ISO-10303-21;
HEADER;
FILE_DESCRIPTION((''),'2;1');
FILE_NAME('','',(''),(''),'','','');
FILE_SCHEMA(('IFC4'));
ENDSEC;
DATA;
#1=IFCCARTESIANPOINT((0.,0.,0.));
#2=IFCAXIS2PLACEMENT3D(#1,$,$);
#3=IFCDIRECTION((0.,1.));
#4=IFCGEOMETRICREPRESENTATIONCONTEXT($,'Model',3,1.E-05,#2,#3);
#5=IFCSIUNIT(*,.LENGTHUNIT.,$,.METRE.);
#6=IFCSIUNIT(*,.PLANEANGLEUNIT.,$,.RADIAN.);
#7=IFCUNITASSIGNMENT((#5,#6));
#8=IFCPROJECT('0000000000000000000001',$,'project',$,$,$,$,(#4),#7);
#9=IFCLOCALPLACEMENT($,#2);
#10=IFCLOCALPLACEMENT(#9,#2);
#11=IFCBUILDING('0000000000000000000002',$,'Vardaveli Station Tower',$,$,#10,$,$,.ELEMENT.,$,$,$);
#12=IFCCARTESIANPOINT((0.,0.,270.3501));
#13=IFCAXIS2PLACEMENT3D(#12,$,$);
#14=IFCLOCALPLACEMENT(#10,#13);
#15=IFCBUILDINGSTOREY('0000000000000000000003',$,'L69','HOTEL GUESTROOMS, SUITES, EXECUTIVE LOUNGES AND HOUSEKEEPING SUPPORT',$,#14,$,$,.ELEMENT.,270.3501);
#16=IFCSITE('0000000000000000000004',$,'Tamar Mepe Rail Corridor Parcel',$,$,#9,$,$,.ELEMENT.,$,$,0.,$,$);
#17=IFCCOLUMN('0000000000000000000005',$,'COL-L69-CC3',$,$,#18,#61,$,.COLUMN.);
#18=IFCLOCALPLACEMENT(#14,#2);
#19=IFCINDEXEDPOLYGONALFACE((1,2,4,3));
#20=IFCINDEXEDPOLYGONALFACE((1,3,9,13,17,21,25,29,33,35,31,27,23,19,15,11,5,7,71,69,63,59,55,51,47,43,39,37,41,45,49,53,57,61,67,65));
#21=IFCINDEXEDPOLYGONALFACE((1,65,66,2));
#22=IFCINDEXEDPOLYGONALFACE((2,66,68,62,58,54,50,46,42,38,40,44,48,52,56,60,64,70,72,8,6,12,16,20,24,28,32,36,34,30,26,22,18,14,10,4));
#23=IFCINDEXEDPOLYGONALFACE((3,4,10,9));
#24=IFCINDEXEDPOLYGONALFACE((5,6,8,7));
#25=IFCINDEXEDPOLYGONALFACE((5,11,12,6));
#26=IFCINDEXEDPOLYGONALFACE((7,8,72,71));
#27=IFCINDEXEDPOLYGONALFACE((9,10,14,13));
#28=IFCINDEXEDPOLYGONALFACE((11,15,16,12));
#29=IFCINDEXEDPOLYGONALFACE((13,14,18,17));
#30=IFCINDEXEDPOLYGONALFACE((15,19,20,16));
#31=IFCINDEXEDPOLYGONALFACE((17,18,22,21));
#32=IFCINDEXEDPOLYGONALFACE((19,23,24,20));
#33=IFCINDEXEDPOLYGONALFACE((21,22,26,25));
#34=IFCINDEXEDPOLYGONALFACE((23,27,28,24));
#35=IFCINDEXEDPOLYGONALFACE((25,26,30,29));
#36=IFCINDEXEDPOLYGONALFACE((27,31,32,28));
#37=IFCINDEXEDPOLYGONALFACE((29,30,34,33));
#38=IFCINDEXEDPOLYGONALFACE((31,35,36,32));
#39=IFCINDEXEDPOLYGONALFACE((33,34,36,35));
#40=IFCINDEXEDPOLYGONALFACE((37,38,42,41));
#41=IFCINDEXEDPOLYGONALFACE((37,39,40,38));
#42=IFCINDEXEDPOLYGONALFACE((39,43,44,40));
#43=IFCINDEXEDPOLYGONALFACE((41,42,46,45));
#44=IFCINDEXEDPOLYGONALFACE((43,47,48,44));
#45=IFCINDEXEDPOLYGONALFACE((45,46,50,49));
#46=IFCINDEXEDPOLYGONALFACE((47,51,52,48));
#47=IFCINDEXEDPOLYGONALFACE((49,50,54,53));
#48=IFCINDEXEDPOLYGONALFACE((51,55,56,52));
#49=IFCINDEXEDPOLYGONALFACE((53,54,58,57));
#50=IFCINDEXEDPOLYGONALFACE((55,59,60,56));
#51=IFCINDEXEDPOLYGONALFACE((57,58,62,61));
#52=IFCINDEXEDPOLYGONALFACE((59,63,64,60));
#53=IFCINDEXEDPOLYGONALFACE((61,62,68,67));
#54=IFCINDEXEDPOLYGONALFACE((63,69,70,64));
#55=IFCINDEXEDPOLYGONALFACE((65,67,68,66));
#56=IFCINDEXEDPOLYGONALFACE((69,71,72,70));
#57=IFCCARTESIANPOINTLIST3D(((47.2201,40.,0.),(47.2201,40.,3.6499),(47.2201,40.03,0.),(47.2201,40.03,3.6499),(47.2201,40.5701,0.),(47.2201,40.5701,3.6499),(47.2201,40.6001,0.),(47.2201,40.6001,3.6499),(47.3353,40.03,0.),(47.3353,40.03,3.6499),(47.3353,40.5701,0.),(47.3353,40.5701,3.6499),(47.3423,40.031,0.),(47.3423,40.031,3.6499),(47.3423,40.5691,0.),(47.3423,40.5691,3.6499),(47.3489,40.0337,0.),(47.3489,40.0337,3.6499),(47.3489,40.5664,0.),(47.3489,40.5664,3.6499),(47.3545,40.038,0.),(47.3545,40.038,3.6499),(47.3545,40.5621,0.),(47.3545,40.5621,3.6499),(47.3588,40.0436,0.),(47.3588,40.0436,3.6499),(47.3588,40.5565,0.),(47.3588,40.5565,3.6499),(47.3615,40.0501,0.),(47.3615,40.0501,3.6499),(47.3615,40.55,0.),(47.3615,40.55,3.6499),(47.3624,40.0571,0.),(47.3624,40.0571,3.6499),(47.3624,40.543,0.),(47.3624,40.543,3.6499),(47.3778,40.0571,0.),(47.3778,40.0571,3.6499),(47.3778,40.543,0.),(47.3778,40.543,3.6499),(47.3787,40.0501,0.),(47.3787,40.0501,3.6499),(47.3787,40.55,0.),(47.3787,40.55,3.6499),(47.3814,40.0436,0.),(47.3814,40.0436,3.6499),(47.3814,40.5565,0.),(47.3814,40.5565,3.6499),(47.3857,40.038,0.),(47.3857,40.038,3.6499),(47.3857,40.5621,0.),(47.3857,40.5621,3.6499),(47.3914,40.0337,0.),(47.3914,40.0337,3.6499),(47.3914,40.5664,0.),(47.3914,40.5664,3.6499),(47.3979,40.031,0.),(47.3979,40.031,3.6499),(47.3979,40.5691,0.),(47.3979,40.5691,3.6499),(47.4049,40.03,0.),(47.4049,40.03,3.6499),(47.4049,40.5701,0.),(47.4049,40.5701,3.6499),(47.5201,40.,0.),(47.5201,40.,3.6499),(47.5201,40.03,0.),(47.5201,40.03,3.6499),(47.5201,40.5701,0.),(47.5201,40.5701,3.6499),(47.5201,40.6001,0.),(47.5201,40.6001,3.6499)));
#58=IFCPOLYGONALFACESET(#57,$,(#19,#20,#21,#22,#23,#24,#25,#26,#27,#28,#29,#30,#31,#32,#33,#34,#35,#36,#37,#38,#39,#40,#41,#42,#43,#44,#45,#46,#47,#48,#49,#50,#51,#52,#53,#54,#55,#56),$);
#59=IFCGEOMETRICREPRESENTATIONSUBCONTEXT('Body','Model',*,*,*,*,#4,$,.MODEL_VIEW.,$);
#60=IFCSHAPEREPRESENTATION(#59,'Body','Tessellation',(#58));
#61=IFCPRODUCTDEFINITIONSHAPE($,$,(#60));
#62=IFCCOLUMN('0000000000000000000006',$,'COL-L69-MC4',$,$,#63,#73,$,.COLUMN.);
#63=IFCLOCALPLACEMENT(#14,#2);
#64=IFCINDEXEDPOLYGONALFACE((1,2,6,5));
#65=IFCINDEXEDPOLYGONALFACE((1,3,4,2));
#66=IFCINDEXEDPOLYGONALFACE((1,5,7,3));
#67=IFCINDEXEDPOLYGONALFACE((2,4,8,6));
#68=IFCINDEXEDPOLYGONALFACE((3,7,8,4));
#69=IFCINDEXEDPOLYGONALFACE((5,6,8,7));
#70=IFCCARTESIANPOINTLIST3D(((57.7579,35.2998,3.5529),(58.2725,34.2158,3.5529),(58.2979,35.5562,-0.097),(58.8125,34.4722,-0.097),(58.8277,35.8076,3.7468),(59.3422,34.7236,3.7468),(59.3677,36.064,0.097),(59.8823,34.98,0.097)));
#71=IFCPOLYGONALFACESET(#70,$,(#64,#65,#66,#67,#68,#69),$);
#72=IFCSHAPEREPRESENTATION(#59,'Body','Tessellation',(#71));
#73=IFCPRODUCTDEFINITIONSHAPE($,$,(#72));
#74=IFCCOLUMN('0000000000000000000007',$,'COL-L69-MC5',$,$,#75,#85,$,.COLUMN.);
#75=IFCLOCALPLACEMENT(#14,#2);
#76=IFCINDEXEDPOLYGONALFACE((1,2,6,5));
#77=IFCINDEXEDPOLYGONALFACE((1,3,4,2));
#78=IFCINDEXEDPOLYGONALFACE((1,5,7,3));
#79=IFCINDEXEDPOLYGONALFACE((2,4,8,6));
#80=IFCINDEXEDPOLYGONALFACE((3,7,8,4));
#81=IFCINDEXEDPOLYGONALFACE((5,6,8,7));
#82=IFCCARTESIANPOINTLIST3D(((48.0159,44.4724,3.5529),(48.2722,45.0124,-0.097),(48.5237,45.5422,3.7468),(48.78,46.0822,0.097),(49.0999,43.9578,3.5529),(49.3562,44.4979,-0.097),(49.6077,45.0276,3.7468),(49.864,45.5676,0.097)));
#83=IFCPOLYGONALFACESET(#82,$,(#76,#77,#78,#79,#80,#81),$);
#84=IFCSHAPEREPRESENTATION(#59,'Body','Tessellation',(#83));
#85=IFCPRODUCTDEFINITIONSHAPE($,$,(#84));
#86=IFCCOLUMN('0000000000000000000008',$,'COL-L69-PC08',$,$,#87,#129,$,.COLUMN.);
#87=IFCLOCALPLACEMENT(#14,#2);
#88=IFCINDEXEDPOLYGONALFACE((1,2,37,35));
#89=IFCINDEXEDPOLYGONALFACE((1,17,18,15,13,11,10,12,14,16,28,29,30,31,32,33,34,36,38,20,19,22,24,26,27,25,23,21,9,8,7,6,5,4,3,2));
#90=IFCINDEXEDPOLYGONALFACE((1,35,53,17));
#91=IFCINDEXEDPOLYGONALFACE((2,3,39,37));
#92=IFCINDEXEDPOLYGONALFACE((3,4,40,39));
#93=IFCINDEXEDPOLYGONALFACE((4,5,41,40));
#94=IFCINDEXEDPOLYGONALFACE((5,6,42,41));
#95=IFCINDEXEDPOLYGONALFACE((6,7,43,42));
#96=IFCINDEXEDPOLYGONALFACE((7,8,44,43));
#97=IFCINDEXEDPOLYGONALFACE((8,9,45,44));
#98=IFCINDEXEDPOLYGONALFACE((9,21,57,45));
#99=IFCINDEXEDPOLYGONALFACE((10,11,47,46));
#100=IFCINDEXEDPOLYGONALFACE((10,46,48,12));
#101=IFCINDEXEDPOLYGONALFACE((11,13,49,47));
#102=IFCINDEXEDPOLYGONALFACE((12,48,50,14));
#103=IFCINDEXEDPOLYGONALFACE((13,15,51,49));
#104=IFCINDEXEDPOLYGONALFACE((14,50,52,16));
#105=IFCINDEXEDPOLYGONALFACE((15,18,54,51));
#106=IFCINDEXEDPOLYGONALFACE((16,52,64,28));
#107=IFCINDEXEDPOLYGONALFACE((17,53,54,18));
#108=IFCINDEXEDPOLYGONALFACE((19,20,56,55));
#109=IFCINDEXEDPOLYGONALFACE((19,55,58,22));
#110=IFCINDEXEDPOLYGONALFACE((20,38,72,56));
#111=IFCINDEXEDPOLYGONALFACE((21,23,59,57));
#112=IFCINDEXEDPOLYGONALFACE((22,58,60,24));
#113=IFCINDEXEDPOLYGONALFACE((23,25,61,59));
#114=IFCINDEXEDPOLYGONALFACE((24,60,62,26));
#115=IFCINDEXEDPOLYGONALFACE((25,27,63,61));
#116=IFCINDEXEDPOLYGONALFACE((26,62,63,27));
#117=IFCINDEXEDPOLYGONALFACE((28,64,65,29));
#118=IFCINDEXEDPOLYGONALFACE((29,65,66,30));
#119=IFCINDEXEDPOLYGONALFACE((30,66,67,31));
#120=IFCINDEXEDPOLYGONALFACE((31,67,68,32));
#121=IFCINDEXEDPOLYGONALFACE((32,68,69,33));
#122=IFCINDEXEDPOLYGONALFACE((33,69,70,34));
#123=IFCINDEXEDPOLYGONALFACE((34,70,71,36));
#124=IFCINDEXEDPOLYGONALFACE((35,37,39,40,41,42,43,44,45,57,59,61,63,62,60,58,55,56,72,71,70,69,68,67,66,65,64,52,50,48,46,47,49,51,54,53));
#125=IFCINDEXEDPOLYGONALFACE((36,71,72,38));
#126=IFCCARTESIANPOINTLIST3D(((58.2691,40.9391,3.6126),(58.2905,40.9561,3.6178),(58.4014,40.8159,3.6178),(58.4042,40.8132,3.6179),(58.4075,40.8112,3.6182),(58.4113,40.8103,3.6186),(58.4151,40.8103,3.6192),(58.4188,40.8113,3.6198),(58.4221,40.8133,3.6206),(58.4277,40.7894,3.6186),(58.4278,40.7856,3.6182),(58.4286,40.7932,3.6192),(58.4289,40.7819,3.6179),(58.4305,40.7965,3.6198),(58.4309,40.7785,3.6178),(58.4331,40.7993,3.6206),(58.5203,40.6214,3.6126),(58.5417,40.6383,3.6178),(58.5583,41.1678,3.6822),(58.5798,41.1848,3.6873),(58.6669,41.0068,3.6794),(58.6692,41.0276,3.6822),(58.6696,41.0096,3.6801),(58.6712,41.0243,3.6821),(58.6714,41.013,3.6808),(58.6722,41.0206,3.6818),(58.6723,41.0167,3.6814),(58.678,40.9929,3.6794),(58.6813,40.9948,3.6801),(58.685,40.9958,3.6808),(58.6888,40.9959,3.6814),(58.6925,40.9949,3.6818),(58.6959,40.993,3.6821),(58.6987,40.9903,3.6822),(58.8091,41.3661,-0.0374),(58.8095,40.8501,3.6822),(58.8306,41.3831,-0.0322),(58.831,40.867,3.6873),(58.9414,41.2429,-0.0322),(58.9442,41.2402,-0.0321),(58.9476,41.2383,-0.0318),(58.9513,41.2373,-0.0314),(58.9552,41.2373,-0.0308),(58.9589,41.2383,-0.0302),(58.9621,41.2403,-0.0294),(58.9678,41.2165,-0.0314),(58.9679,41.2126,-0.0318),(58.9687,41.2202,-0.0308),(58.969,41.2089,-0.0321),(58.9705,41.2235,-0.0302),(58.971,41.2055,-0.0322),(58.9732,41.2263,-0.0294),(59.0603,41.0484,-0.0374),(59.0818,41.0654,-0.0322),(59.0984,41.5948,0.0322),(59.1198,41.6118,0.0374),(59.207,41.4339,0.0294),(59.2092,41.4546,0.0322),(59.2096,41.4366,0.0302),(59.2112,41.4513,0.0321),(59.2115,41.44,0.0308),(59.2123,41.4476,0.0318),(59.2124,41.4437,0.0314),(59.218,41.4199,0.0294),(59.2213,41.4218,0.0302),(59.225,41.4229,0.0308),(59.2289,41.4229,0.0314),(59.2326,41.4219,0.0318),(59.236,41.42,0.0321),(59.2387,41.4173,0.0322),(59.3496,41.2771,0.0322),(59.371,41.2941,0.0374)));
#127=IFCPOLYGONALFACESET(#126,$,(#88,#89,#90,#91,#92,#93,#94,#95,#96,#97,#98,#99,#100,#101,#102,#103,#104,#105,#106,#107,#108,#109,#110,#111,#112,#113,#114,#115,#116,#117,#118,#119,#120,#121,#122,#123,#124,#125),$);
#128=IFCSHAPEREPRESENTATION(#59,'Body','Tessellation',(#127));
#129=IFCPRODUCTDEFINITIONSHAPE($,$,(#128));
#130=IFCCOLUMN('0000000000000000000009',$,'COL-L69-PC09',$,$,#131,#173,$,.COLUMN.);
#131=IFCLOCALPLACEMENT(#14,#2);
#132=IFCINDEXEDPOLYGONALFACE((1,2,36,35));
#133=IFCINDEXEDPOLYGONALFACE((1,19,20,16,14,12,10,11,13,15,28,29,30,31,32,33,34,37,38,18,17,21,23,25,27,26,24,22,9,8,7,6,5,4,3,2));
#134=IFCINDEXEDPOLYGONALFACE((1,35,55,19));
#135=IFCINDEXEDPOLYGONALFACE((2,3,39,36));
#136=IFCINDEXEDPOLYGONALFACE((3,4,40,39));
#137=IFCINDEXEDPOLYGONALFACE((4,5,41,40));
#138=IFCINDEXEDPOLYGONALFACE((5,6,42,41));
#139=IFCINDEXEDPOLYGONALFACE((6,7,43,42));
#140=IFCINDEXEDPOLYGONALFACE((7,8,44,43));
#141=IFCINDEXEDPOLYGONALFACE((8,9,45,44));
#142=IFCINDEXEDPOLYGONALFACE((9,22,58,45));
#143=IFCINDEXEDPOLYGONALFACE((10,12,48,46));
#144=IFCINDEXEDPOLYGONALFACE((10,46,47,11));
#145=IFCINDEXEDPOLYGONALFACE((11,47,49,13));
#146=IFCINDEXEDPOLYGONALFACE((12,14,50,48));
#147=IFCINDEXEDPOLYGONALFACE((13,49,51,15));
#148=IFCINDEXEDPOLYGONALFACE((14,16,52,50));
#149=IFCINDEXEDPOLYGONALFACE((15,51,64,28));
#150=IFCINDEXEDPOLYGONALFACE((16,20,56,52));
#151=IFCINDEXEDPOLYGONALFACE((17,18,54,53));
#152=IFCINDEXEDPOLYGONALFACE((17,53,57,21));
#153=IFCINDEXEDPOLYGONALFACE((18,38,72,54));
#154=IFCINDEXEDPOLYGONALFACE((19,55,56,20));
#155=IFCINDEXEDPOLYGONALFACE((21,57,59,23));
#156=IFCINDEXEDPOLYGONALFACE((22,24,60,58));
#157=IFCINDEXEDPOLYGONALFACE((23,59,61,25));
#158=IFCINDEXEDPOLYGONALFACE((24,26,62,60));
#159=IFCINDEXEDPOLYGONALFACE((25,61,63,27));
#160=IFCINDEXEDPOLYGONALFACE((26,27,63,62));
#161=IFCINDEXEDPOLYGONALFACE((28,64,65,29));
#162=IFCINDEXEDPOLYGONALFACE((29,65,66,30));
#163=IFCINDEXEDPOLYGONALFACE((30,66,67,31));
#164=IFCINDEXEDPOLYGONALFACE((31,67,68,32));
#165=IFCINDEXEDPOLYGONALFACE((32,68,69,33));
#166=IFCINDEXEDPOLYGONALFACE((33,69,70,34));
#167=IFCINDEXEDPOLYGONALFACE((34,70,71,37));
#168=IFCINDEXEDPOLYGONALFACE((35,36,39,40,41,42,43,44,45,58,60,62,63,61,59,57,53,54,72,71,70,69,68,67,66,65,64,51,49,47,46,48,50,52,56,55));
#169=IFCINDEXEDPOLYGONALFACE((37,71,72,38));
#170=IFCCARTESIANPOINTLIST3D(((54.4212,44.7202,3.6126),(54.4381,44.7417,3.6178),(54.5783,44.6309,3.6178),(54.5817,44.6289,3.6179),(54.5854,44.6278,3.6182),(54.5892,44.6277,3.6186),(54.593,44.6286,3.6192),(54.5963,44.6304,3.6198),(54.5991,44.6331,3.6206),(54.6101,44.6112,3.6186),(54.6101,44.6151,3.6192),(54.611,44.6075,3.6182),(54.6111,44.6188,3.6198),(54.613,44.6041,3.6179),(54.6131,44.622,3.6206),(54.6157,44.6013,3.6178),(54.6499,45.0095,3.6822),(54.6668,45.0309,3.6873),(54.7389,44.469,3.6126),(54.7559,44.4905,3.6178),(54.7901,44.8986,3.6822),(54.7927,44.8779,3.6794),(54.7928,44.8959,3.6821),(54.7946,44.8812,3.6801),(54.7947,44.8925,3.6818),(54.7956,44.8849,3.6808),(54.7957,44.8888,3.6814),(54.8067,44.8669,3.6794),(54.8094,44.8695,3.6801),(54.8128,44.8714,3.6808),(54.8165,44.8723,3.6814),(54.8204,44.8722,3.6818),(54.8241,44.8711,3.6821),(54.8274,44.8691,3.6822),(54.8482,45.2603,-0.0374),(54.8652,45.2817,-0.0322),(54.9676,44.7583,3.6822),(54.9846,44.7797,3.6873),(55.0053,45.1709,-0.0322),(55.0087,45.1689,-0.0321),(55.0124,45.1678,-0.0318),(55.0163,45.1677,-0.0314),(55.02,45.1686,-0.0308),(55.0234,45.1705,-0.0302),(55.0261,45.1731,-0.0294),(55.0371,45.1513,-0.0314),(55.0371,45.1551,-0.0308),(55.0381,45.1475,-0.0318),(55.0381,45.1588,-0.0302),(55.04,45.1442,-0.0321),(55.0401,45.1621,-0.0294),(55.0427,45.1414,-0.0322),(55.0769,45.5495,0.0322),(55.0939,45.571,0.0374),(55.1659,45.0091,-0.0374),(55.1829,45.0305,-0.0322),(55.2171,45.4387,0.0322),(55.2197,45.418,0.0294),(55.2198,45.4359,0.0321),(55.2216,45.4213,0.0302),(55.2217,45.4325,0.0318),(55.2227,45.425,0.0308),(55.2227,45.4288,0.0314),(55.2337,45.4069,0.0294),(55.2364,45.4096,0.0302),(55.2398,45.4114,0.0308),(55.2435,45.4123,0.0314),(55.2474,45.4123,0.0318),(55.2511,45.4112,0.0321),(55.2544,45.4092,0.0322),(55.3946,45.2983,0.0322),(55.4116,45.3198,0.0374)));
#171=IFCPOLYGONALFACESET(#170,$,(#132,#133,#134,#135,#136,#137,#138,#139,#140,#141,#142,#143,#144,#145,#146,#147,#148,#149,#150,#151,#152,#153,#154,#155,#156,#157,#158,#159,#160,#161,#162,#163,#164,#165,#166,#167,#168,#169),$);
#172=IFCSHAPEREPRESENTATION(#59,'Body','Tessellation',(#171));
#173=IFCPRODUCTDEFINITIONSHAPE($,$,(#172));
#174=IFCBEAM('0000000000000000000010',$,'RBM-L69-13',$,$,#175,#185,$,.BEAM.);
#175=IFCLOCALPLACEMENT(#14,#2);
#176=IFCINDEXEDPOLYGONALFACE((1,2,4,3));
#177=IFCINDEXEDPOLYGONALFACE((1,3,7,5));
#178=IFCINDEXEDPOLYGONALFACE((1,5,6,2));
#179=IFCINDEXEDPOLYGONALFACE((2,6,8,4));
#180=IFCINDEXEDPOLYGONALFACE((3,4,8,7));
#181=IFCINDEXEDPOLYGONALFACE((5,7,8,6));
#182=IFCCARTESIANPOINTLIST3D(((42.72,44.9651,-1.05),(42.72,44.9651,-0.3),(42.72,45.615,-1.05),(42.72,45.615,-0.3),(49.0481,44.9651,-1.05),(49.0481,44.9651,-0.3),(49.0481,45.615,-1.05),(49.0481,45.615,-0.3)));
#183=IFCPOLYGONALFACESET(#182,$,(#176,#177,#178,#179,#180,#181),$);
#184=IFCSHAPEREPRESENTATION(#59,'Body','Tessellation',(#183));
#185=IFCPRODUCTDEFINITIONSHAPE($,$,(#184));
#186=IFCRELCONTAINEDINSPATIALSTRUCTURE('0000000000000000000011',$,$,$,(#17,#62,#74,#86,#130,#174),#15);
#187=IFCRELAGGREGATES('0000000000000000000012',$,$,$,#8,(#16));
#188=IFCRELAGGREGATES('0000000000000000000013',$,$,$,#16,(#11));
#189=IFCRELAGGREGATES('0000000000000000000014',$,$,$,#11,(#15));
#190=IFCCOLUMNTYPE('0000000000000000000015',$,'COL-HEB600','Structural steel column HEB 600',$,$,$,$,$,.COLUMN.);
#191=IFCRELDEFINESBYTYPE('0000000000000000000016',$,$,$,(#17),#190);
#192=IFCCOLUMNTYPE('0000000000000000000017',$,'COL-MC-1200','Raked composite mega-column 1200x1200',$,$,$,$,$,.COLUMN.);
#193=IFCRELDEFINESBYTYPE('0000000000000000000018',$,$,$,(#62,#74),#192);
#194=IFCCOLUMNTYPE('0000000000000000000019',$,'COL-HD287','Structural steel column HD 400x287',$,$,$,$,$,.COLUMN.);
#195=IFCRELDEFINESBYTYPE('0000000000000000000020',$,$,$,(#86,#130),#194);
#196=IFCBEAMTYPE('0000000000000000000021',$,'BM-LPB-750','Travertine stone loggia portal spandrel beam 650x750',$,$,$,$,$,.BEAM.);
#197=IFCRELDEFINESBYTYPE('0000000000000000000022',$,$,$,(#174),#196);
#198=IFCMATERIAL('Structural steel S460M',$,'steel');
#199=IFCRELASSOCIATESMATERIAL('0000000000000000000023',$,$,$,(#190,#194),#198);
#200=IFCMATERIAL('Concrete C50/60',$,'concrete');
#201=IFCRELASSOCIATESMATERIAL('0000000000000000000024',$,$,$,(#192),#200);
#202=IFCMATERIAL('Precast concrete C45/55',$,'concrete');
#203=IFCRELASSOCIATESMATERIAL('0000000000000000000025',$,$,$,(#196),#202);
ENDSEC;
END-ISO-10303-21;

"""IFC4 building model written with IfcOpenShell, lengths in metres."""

from ifc_helpers import new_model, si_unit, direction, frame, origin, origin_2d, place, context, subcontext, project, spatial, rectangle, i_section, extrude, source, transform, mapped, material, material_profile, profile_set, type_object, element, save


model = new_model("IFC4")

# Units and contexts
model_context = context("Model", 3, precision=1e-05, world=origin(), true_north=direction((0.0, 1.0)))
body_context = subcontext(model_context, "Body", "Model", "MODEL_VIEW")
ifc_project = project(units=[si_unit("LENGTHUNIT", "METRE"), si_unit("PLANEANGLEUNIT", "RADIAN")], contexts=[model_context])

# Site, building, storey
site_placement = place(None, origin())
site = spatial("IfcSite", under=ifc_project, at=site_placement, Name="Tamar Mepe Rail Corridor Parcel", CompositionType="ELEMENT", RefElevation=0.0)
building_placement = place(site_placement, origin())
building = spatial("IfcBuilding", under=site, at=building_placement, Name="Vardaveli Station Tower", CompositionType="ELEMENT")
storey_placement = place(building_placement, frame((0.0, 0.0, 270.3501)))
storey = spatial("IfcBuildingStorey", under=building, at=storey_placement, Name="L69", Description="HOTEL GUESTROOMS, SUITES, EXECUTIVE LOUNGES AND HOUSEKEEPING SUPPORT", CompositionType="ELEMENT", Elevation=270.3501)

# Columns
ifc_material_1 = material(Name="Structural steel S460M", Category="steel")
ifc_material_profile_1 = material_profile(ifc_material_1, i_section(OverallWidth=0.3, OverallDepth=0.6001, WebThickness=0.0154, FlangeThickness=0.03, FilletRadius=0.0271, at=origin_2d()), Name="HEB 600")
ifc_profile_set_1 = profile_set([ifc_material_profile_1], Name="Structural steel S460M")
column_type_1 = type_object("IfcColumnType", Name="COL-HEB600", Description="Structural steel column HEB 600", PredefinedType="COLUMN", material=ifc_profile_set_1)
shared_shape_1 = source(origin(), body_context, "Body", "SweptSolid", [
    extrude(i_section(OverallWidth=0.3, OverallDepth=0.6001, WebThickness=0.0154, FlangeThickness=0.03, FilletRadius=0.0271, at=origin_2d()), origin(), (0.0, 0.0, 1.0), 3.6499),
])
column_placement = place(storey_placement, frame((47.3701, 40.3, 0.0), z_axis=(0.0, 0.0, 1.0), x_axis=(1.0, 0.0, 0.0)))
element("IfcColumn", 1, at=column_placement, inside=storey, type_object=column_type_1, Name="COL-L69-CC3", PredefinedType="COLUMN", context=body_context, shape_type="MappedRepresentation", body=[
    mapped(shared_shape_1, transform((0.0, 0.0, 0.0), scale=1.0)),
])
ifc_material_2 = material(Name="Concrete C50/60", Category="concrete")
ifc_material_profile_2 = material_profile(ifc_material_2, rectangle(XDim=1.2, YDim=1.2, at=origin_2d()), Name="MC 1200x1200")
ifc_profile_set_2 = profile_set([ifc_material_profile_2], Name="Concrete C50/60")
column_type_2 = type_object("IfcColumnType", Name="COL-MC-1200", Description="Raked composite mega-column 1200x1200", PredefinedType="COLUMN", material=ifc_profile_set_2)
shared_shape_2 = source(origin(), body_context, "Body", "SweptSolid", [
    extrude(rectangle(XDim=1.2, YDim=1.2, at=origin_2d()), origin(), (0.0, 0.0, 1.0), 3.6985),
])
for number, where, z_axis, x_axis, name in (
    (2, (59.0901, 35.2681, 0.0), (-0.146014, -0.069311, 0.986851), (0.428824, -0.903388, 0.0), "COL-L69-MC4"),
    (3, (49.0681, 45.29, 0.0), (-0.069311, -0.146014, 0.986851), (0.903388, -0.428824, 0.0), "COL-L69-MC5"),
):
    element("IfcColumn", number, at=place(storey_placement, frame(where, z_axis=z_axis, x_axis=x_axis)), inside=storey, type_object=column_type_2, Name=name, PredefinedType="COLUMN", context=body_context, shape_type="MappedRepresentation", body=[
        mapped(shared_shape_2, transform((0.0, 0.0, 0.0), scale=1.0)),
    ])
ifc_material_profile_3 = material_profile(ifc_material_1, i_section(OverallWidth=0.405, OverallDepth=0.4031, WebThickness=0.0178, FlangeThickness=0.0278, FilletRadius=0.0149, at=origin_2d()), Name="HD 400x287")
ifc_profile_set_3 = profile_set([ifc_material_profile_3], Name="Structural steel S460M")
column_type_3 = type_object("IfcColumnType", Name="COL-HD287", Description="Structural steel column HD 400x287", PredefinedType="COLUMN", material=ifc_profile_set_3)
shared_shape_3 = source(origin(), body_context, "Body", "SweptSolid", [
    extrude(i_section(OverallWidth=0.405, OverallDepth=0.4031, WebThickness=0.0178, FlangeThickness=0.0278, FilletRadius=0.0149, at=origin_2d()), origin(), (0.0, 0.0, 1.0), 3.7144),
])
for number, where, z_axis, x_axis, name in (
    (4, (59.0901, 41.3301, 0.0), (-0.145396, -0.114963, 0.982672), (0.620231, -0.78442, 0.0), "COL-L69-PC08"),
    (5, (55.1299, 45.29, 0.0), (-0.114963, -0.145396, 0.982672), (0.78442, -0.620231, 0.0), "COL-L69-PC09"),
):
    element("IfcColumn", number, at=place(storey_placement, frame(where, z_axis=z_axis, x_axis=x_axis)), inside=storey, type_object=column_type_3, Name=name, PredefinedType="COLUMN", context=body_context, shape_type="MappedRepresentation", body=[
        mapped(shared_shape_3, transform((0.0, 0.0, 0.0), scale=1.0)),
    ])

# Beam
ifc_material_3 = material(Name="Precast concrete C45/55", Category="concrete")
ifc_material_profile_4 = material_profile(ifc_material_3, rectangle(XDim=0.6499, YDim=0.75, at=origin_2d()), Name="LPB 650x750")
ifc_profile_set_4 = profile_set([ifc_material_profile_4], Name="Precast concrete C45/55")
beam_type = type_object("IfcBeamType", Name="BM-LPB-750", Description="Travertine stone loggia portal spandrel beam 650x750", PredefinedType="BEAM", material=ifc_profile_set_4)
shared_shape_4 = source(origin(), body_context, "Body", "SweptSolid", [
    extrude(rectangle(XDim=0.6499, YDim=0.75, at=origin_2d()), origin(), (0.0, 0.0, 1.0), 6.3281),
])
beam_1_placement = place(storey_placement, frame((49.0481, 45.29, -0.675), z_axis=(-1.0, 0.0, 0.0), x_axis=(0.0, -1.0, 0.0)))
element("IfcBeam", 6, at=beam_1_placement, inside=storey, type_object=beam_type, Name="RBM-L69-13", PredefinedType="BEAM", context=body_context, shape_type="MappedRepresentation", body=[
    mapped(shared_shape_4, transform((0.0, 0.0, 0.0), scale=1.0)),
])

save(model, "model.ifc")
